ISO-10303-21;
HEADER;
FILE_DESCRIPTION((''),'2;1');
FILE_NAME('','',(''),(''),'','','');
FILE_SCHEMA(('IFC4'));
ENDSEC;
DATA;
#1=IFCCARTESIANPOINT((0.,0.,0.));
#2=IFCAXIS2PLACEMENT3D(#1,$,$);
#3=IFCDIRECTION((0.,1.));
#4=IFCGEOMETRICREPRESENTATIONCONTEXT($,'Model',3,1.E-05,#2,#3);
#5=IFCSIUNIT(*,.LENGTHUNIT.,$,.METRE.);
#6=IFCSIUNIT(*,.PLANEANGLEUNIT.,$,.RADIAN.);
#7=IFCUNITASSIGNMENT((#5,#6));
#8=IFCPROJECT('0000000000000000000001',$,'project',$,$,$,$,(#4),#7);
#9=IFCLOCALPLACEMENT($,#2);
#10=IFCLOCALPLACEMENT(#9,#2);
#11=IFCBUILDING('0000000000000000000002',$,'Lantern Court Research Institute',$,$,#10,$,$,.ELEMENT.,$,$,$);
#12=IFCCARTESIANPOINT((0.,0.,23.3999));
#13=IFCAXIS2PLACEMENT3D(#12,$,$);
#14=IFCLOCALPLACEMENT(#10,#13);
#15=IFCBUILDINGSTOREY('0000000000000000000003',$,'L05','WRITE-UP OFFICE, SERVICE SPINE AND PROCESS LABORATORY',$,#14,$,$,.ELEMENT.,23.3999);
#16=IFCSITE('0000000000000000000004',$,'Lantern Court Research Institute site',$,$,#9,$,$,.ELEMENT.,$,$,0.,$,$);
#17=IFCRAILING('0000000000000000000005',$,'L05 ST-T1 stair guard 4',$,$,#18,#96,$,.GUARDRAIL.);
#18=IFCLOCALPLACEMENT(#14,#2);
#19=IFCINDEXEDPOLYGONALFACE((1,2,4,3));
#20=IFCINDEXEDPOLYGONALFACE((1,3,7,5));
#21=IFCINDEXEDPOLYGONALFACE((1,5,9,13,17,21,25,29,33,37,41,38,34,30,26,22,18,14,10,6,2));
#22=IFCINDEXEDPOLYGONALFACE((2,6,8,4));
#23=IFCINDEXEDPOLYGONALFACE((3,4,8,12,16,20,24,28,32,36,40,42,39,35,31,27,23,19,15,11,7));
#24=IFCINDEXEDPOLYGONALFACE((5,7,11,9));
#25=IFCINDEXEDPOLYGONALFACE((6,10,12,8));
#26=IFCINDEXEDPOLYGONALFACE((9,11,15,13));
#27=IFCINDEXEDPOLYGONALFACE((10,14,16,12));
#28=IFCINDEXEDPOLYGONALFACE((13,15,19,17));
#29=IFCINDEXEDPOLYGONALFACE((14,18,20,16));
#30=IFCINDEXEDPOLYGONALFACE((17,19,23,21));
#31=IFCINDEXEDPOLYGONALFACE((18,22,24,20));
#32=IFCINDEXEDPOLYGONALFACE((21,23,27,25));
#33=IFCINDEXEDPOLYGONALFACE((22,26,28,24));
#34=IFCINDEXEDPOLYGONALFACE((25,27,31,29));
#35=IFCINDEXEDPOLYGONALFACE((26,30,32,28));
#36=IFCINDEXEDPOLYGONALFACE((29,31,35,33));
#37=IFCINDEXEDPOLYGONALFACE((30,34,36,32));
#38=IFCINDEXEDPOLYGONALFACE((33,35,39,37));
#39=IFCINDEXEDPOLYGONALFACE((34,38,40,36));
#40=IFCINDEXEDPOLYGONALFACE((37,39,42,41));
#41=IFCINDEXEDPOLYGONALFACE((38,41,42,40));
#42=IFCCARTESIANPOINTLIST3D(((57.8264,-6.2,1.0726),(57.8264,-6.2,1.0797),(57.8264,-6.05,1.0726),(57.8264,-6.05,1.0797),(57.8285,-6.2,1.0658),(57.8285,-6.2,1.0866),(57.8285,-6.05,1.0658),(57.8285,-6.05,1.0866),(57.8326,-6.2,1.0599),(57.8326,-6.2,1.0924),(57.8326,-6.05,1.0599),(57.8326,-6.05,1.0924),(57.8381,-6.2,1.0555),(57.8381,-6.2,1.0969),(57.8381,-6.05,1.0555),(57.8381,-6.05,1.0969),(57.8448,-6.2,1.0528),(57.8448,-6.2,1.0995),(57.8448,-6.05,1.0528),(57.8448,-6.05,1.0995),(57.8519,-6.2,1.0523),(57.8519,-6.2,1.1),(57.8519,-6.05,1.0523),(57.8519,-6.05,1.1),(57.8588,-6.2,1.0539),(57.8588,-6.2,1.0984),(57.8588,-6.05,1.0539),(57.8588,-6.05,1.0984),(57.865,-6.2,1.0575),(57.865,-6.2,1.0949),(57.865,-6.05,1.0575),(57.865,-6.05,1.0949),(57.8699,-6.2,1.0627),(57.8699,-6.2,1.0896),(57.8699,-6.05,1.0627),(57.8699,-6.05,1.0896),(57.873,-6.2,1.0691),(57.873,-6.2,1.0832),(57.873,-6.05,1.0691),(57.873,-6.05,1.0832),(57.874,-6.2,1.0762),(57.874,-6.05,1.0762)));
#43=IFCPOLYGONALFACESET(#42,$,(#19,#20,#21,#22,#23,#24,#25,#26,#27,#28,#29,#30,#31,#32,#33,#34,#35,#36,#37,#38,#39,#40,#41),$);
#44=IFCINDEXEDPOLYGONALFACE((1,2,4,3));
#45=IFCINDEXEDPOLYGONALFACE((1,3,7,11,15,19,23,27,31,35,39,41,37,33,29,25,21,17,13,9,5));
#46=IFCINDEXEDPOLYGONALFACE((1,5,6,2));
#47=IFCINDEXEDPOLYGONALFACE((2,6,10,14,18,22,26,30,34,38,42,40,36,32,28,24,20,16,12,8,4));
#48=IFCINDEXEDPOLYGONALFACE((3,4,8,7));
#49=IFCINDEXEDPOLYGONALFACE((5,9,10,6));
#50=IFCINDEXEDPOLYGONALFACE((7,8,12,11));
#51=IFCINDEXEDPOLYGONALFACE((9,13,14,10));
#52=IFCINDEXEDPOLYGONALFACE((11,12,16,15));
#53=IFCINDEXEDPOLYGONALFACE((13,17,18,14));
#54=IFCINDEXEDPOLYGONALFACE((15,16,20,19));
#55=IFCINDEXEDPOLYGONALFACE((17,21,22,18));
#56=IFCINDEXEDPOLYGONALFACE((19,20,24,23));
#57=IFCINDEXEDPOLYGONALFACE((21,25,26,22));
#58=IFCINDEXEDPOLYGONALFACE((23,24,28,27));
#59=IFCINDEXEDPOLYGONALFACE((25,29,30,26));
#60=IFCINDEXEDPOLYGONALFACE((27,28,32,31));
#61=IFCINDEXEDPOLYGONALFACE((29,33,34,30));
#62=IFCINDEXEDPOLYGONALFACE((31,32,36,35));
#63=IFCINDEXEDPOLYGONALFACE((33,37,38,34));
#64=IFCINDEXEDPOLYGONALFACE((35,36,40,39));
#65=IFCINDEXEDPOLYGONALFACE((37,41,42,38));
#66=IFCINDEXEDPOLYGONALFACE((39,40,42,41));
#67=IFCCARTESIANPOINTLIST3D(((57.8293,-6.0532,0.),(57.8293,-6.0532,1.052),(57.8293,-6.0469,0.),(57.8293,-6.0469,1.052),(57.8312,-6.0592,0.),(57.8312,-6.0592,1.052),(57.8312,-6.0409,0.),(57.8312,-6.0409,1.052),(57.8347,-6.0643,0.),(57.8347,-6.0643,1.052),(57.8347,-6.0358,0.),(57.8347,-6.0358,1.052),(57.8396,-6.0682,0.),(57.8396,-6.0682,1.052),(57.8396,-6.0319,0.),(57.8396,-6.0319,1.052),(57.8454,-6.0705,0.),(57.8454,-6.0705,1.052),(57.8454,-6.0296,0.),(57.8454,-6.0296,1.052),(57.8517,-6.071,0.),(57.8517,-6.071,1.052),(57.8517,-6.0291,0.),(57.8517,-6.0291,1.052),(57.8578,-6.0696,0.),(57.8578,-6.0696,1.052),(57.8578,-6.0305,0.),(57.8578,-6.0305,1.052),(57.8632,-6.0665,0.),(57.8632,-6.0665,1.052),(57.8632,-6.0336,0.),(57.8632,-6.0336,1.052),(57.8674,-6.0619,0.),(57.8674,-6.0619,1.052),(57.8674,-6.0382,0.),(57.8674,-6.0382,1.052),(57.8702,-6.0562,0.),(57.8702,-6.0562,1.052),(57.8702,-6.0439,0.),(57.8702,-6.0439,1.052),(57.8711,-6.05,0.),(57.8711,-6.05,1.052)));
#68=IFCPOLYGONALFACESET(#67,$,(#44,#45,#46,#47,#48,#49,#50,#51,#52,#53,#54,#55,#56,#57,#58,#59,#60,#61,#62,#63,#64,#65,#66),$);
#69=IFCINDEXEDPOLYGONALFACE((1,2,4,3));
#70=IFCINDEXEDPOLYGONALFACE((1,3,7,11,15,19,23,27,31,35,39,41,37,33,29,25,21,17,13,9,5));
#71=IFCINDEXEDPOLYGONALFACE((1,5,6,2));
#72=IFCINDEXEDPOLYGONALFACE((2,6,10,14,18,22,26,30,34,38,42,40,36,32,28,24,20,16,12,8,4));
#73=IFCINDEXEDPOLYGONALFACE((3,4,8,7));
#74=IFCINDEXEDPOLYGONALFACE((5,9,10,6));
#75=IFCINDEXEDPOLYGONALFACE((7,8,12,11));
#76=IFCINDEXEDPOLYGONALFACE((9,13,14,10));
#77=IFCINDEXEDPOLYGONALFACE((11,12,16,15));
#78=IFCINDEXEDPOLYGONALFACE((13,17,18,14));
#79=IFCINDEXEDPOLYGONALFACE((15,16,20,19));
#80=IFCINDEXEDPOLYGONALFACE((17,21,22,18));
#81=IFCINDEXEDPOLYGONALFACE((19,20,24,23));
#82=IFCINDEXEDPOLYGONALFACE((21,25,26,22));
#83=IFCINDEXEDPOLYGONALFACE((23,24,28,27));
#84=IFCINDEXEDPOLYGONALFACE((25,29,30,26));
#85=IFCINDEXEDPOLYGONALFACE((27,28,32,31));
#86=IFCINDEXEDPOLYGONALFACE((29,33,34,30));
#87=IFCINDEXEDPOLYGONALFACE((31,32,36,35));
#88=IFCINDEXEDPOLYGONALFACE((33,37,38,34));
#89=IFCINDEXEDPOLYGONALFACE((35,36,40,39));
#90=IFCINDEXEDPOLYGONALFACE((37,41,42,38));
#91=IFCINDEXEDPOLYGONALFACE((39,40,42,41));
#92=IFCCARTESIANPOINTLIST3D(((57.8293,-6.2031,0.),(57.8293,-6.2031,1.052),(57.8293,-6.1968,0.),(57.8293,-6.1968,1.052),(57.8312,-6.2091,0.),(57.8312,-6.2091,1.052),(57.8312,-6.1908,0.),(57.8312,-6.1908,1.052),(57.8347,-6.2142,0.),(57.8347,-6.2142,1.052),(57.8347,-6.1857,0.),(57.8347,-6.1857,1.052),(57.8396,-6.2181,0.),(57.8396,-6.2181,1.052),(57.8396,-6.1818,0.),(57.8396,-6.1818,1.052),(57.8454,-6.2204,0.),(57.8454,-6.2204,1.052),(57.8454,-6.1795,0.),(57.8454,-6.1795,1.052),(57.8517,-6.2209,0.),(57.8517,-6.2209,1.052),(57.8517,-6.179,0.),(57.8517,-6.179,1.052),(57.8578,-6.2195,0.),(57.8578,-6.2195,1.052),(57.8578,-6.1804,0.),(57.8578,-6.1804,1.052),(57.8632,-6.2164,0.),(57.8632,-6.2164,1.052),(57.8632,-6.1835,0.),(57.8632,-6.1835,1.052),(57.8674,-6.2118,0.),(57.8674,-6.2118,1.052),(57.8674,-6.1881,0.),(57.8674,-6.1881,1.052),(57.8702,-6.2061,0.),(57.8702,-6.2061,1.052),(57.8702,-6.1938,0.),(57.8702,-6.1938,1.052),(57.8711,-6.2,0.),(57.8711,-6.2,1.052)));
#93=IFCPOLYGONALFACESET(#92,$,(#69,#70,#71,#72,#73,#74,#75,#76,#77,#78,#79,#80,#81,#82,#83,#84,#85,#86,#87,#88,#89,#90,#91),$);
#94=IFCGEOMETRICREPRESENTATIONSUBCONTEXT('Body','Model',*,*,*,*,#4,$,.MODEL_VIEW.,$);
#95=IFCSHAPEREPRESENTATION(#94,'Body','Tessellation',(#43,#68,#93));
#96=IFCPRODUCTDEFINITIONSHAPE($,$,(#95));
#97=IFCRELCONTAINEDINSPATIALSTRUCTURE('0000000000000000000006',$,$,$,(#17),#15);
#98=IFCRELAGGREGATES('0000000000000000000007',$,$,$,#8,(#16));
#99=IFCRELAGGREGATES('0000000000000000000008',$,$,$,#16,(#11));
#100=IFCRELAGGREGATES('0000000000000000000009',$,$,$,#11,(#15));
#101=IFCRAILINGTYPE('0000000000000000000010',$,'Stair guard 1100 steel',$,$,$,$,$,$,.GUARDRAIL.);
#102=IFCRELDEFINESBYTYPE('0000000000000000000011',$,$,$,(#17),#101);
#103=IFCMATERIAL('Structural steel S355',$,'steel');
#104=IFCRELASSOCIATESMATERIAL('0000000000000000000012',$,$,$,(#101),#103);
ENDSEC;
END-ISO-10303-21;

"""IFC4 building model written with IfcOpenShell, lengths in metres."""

from ifc_helpers import new_model, si_unit, direction, frame, origin, origin_2d, place, context, subcontext, project, spatial, circle, extrude, material, type_object, element, save


model = new_model("IFC4")

# Units and contexts
model_context = context("Model", 3, precision=1e-05, world=origin(), true_north=direction((0.0, 1.0)))
body_context = subcontext(model_context, "Body", "Model", "MODEL_VIEW")
ifc_project = project(units=[si_unit("LENGTHUNIT", "METRE"), si_unit("PLANEANGLEUNIT", "RADIAN")], contexts=[model_context])

# Site, building, storey
site_placement = place(None, origin())
site = spatial("IfcSite", under=ifc_project, at=site_placement, Name="Lantern Court Research Institute site", CompositionType="ELEMENT", RefElevation=0.0)
building_placement = place(site_placement, origin())
building = spatial("IfcBuilding", under=site, at=building_placement, Name="Lantern Court Research Institute", CompositionType="ELEMENT")
storey_placement = place(building_placement, frame((0.0, 0.0, 23.3999)))
storey = spatial("IfcBuildingStorey", under=building, at=storey_placement, Name="L05", Description="WRITE-UP OFFICE, SERVICE SPINE AND PROCESS LABORATORY", CompositionType="ELEMENT", Elevation=23.3999)

# Railing
ifc_material_1 = material(Name="Structural steel S355", Category="steel")
railing_type_1 = type_object("IfcRailingType", Name="Stair guard 1100 steel", PredefinedType="GUARDRAIL", material=ifc_material_1)
railing_1_placement = place(storey_placement, frame((57.8501, -6.05, 0.0)))
element("IfcRailing", 1, at=railing_1_placement, inside=storey, type_object=railing_type_1, Name="L05 ST-T1 stair guard 4", PredefinedType="GUARDRAIL", context=body_context, shape_type="SweptSolid", body=[
    extrude(circle(Radius=0.0239, at=origin_2d()), frame((0.0, 0.0, 1.0762), z_axis=(0.0, -1.0, 0.0), x_axis=(1.0, 0.0, 0.0)), (0.0, 0.0, 1.0), 0.1499),
    extrude(circle(Radius=0.021, at=origin_2d()), origin(), (0.0, 0.0, 1.0), 1.052),
    extrude(circle(Radius=0.021, at=origin_2d()), frame((0.0, -0.1499, 0.0)), (0.0, 0.0, 1.0), 1.052),
])

save(model, "model.ifc")
